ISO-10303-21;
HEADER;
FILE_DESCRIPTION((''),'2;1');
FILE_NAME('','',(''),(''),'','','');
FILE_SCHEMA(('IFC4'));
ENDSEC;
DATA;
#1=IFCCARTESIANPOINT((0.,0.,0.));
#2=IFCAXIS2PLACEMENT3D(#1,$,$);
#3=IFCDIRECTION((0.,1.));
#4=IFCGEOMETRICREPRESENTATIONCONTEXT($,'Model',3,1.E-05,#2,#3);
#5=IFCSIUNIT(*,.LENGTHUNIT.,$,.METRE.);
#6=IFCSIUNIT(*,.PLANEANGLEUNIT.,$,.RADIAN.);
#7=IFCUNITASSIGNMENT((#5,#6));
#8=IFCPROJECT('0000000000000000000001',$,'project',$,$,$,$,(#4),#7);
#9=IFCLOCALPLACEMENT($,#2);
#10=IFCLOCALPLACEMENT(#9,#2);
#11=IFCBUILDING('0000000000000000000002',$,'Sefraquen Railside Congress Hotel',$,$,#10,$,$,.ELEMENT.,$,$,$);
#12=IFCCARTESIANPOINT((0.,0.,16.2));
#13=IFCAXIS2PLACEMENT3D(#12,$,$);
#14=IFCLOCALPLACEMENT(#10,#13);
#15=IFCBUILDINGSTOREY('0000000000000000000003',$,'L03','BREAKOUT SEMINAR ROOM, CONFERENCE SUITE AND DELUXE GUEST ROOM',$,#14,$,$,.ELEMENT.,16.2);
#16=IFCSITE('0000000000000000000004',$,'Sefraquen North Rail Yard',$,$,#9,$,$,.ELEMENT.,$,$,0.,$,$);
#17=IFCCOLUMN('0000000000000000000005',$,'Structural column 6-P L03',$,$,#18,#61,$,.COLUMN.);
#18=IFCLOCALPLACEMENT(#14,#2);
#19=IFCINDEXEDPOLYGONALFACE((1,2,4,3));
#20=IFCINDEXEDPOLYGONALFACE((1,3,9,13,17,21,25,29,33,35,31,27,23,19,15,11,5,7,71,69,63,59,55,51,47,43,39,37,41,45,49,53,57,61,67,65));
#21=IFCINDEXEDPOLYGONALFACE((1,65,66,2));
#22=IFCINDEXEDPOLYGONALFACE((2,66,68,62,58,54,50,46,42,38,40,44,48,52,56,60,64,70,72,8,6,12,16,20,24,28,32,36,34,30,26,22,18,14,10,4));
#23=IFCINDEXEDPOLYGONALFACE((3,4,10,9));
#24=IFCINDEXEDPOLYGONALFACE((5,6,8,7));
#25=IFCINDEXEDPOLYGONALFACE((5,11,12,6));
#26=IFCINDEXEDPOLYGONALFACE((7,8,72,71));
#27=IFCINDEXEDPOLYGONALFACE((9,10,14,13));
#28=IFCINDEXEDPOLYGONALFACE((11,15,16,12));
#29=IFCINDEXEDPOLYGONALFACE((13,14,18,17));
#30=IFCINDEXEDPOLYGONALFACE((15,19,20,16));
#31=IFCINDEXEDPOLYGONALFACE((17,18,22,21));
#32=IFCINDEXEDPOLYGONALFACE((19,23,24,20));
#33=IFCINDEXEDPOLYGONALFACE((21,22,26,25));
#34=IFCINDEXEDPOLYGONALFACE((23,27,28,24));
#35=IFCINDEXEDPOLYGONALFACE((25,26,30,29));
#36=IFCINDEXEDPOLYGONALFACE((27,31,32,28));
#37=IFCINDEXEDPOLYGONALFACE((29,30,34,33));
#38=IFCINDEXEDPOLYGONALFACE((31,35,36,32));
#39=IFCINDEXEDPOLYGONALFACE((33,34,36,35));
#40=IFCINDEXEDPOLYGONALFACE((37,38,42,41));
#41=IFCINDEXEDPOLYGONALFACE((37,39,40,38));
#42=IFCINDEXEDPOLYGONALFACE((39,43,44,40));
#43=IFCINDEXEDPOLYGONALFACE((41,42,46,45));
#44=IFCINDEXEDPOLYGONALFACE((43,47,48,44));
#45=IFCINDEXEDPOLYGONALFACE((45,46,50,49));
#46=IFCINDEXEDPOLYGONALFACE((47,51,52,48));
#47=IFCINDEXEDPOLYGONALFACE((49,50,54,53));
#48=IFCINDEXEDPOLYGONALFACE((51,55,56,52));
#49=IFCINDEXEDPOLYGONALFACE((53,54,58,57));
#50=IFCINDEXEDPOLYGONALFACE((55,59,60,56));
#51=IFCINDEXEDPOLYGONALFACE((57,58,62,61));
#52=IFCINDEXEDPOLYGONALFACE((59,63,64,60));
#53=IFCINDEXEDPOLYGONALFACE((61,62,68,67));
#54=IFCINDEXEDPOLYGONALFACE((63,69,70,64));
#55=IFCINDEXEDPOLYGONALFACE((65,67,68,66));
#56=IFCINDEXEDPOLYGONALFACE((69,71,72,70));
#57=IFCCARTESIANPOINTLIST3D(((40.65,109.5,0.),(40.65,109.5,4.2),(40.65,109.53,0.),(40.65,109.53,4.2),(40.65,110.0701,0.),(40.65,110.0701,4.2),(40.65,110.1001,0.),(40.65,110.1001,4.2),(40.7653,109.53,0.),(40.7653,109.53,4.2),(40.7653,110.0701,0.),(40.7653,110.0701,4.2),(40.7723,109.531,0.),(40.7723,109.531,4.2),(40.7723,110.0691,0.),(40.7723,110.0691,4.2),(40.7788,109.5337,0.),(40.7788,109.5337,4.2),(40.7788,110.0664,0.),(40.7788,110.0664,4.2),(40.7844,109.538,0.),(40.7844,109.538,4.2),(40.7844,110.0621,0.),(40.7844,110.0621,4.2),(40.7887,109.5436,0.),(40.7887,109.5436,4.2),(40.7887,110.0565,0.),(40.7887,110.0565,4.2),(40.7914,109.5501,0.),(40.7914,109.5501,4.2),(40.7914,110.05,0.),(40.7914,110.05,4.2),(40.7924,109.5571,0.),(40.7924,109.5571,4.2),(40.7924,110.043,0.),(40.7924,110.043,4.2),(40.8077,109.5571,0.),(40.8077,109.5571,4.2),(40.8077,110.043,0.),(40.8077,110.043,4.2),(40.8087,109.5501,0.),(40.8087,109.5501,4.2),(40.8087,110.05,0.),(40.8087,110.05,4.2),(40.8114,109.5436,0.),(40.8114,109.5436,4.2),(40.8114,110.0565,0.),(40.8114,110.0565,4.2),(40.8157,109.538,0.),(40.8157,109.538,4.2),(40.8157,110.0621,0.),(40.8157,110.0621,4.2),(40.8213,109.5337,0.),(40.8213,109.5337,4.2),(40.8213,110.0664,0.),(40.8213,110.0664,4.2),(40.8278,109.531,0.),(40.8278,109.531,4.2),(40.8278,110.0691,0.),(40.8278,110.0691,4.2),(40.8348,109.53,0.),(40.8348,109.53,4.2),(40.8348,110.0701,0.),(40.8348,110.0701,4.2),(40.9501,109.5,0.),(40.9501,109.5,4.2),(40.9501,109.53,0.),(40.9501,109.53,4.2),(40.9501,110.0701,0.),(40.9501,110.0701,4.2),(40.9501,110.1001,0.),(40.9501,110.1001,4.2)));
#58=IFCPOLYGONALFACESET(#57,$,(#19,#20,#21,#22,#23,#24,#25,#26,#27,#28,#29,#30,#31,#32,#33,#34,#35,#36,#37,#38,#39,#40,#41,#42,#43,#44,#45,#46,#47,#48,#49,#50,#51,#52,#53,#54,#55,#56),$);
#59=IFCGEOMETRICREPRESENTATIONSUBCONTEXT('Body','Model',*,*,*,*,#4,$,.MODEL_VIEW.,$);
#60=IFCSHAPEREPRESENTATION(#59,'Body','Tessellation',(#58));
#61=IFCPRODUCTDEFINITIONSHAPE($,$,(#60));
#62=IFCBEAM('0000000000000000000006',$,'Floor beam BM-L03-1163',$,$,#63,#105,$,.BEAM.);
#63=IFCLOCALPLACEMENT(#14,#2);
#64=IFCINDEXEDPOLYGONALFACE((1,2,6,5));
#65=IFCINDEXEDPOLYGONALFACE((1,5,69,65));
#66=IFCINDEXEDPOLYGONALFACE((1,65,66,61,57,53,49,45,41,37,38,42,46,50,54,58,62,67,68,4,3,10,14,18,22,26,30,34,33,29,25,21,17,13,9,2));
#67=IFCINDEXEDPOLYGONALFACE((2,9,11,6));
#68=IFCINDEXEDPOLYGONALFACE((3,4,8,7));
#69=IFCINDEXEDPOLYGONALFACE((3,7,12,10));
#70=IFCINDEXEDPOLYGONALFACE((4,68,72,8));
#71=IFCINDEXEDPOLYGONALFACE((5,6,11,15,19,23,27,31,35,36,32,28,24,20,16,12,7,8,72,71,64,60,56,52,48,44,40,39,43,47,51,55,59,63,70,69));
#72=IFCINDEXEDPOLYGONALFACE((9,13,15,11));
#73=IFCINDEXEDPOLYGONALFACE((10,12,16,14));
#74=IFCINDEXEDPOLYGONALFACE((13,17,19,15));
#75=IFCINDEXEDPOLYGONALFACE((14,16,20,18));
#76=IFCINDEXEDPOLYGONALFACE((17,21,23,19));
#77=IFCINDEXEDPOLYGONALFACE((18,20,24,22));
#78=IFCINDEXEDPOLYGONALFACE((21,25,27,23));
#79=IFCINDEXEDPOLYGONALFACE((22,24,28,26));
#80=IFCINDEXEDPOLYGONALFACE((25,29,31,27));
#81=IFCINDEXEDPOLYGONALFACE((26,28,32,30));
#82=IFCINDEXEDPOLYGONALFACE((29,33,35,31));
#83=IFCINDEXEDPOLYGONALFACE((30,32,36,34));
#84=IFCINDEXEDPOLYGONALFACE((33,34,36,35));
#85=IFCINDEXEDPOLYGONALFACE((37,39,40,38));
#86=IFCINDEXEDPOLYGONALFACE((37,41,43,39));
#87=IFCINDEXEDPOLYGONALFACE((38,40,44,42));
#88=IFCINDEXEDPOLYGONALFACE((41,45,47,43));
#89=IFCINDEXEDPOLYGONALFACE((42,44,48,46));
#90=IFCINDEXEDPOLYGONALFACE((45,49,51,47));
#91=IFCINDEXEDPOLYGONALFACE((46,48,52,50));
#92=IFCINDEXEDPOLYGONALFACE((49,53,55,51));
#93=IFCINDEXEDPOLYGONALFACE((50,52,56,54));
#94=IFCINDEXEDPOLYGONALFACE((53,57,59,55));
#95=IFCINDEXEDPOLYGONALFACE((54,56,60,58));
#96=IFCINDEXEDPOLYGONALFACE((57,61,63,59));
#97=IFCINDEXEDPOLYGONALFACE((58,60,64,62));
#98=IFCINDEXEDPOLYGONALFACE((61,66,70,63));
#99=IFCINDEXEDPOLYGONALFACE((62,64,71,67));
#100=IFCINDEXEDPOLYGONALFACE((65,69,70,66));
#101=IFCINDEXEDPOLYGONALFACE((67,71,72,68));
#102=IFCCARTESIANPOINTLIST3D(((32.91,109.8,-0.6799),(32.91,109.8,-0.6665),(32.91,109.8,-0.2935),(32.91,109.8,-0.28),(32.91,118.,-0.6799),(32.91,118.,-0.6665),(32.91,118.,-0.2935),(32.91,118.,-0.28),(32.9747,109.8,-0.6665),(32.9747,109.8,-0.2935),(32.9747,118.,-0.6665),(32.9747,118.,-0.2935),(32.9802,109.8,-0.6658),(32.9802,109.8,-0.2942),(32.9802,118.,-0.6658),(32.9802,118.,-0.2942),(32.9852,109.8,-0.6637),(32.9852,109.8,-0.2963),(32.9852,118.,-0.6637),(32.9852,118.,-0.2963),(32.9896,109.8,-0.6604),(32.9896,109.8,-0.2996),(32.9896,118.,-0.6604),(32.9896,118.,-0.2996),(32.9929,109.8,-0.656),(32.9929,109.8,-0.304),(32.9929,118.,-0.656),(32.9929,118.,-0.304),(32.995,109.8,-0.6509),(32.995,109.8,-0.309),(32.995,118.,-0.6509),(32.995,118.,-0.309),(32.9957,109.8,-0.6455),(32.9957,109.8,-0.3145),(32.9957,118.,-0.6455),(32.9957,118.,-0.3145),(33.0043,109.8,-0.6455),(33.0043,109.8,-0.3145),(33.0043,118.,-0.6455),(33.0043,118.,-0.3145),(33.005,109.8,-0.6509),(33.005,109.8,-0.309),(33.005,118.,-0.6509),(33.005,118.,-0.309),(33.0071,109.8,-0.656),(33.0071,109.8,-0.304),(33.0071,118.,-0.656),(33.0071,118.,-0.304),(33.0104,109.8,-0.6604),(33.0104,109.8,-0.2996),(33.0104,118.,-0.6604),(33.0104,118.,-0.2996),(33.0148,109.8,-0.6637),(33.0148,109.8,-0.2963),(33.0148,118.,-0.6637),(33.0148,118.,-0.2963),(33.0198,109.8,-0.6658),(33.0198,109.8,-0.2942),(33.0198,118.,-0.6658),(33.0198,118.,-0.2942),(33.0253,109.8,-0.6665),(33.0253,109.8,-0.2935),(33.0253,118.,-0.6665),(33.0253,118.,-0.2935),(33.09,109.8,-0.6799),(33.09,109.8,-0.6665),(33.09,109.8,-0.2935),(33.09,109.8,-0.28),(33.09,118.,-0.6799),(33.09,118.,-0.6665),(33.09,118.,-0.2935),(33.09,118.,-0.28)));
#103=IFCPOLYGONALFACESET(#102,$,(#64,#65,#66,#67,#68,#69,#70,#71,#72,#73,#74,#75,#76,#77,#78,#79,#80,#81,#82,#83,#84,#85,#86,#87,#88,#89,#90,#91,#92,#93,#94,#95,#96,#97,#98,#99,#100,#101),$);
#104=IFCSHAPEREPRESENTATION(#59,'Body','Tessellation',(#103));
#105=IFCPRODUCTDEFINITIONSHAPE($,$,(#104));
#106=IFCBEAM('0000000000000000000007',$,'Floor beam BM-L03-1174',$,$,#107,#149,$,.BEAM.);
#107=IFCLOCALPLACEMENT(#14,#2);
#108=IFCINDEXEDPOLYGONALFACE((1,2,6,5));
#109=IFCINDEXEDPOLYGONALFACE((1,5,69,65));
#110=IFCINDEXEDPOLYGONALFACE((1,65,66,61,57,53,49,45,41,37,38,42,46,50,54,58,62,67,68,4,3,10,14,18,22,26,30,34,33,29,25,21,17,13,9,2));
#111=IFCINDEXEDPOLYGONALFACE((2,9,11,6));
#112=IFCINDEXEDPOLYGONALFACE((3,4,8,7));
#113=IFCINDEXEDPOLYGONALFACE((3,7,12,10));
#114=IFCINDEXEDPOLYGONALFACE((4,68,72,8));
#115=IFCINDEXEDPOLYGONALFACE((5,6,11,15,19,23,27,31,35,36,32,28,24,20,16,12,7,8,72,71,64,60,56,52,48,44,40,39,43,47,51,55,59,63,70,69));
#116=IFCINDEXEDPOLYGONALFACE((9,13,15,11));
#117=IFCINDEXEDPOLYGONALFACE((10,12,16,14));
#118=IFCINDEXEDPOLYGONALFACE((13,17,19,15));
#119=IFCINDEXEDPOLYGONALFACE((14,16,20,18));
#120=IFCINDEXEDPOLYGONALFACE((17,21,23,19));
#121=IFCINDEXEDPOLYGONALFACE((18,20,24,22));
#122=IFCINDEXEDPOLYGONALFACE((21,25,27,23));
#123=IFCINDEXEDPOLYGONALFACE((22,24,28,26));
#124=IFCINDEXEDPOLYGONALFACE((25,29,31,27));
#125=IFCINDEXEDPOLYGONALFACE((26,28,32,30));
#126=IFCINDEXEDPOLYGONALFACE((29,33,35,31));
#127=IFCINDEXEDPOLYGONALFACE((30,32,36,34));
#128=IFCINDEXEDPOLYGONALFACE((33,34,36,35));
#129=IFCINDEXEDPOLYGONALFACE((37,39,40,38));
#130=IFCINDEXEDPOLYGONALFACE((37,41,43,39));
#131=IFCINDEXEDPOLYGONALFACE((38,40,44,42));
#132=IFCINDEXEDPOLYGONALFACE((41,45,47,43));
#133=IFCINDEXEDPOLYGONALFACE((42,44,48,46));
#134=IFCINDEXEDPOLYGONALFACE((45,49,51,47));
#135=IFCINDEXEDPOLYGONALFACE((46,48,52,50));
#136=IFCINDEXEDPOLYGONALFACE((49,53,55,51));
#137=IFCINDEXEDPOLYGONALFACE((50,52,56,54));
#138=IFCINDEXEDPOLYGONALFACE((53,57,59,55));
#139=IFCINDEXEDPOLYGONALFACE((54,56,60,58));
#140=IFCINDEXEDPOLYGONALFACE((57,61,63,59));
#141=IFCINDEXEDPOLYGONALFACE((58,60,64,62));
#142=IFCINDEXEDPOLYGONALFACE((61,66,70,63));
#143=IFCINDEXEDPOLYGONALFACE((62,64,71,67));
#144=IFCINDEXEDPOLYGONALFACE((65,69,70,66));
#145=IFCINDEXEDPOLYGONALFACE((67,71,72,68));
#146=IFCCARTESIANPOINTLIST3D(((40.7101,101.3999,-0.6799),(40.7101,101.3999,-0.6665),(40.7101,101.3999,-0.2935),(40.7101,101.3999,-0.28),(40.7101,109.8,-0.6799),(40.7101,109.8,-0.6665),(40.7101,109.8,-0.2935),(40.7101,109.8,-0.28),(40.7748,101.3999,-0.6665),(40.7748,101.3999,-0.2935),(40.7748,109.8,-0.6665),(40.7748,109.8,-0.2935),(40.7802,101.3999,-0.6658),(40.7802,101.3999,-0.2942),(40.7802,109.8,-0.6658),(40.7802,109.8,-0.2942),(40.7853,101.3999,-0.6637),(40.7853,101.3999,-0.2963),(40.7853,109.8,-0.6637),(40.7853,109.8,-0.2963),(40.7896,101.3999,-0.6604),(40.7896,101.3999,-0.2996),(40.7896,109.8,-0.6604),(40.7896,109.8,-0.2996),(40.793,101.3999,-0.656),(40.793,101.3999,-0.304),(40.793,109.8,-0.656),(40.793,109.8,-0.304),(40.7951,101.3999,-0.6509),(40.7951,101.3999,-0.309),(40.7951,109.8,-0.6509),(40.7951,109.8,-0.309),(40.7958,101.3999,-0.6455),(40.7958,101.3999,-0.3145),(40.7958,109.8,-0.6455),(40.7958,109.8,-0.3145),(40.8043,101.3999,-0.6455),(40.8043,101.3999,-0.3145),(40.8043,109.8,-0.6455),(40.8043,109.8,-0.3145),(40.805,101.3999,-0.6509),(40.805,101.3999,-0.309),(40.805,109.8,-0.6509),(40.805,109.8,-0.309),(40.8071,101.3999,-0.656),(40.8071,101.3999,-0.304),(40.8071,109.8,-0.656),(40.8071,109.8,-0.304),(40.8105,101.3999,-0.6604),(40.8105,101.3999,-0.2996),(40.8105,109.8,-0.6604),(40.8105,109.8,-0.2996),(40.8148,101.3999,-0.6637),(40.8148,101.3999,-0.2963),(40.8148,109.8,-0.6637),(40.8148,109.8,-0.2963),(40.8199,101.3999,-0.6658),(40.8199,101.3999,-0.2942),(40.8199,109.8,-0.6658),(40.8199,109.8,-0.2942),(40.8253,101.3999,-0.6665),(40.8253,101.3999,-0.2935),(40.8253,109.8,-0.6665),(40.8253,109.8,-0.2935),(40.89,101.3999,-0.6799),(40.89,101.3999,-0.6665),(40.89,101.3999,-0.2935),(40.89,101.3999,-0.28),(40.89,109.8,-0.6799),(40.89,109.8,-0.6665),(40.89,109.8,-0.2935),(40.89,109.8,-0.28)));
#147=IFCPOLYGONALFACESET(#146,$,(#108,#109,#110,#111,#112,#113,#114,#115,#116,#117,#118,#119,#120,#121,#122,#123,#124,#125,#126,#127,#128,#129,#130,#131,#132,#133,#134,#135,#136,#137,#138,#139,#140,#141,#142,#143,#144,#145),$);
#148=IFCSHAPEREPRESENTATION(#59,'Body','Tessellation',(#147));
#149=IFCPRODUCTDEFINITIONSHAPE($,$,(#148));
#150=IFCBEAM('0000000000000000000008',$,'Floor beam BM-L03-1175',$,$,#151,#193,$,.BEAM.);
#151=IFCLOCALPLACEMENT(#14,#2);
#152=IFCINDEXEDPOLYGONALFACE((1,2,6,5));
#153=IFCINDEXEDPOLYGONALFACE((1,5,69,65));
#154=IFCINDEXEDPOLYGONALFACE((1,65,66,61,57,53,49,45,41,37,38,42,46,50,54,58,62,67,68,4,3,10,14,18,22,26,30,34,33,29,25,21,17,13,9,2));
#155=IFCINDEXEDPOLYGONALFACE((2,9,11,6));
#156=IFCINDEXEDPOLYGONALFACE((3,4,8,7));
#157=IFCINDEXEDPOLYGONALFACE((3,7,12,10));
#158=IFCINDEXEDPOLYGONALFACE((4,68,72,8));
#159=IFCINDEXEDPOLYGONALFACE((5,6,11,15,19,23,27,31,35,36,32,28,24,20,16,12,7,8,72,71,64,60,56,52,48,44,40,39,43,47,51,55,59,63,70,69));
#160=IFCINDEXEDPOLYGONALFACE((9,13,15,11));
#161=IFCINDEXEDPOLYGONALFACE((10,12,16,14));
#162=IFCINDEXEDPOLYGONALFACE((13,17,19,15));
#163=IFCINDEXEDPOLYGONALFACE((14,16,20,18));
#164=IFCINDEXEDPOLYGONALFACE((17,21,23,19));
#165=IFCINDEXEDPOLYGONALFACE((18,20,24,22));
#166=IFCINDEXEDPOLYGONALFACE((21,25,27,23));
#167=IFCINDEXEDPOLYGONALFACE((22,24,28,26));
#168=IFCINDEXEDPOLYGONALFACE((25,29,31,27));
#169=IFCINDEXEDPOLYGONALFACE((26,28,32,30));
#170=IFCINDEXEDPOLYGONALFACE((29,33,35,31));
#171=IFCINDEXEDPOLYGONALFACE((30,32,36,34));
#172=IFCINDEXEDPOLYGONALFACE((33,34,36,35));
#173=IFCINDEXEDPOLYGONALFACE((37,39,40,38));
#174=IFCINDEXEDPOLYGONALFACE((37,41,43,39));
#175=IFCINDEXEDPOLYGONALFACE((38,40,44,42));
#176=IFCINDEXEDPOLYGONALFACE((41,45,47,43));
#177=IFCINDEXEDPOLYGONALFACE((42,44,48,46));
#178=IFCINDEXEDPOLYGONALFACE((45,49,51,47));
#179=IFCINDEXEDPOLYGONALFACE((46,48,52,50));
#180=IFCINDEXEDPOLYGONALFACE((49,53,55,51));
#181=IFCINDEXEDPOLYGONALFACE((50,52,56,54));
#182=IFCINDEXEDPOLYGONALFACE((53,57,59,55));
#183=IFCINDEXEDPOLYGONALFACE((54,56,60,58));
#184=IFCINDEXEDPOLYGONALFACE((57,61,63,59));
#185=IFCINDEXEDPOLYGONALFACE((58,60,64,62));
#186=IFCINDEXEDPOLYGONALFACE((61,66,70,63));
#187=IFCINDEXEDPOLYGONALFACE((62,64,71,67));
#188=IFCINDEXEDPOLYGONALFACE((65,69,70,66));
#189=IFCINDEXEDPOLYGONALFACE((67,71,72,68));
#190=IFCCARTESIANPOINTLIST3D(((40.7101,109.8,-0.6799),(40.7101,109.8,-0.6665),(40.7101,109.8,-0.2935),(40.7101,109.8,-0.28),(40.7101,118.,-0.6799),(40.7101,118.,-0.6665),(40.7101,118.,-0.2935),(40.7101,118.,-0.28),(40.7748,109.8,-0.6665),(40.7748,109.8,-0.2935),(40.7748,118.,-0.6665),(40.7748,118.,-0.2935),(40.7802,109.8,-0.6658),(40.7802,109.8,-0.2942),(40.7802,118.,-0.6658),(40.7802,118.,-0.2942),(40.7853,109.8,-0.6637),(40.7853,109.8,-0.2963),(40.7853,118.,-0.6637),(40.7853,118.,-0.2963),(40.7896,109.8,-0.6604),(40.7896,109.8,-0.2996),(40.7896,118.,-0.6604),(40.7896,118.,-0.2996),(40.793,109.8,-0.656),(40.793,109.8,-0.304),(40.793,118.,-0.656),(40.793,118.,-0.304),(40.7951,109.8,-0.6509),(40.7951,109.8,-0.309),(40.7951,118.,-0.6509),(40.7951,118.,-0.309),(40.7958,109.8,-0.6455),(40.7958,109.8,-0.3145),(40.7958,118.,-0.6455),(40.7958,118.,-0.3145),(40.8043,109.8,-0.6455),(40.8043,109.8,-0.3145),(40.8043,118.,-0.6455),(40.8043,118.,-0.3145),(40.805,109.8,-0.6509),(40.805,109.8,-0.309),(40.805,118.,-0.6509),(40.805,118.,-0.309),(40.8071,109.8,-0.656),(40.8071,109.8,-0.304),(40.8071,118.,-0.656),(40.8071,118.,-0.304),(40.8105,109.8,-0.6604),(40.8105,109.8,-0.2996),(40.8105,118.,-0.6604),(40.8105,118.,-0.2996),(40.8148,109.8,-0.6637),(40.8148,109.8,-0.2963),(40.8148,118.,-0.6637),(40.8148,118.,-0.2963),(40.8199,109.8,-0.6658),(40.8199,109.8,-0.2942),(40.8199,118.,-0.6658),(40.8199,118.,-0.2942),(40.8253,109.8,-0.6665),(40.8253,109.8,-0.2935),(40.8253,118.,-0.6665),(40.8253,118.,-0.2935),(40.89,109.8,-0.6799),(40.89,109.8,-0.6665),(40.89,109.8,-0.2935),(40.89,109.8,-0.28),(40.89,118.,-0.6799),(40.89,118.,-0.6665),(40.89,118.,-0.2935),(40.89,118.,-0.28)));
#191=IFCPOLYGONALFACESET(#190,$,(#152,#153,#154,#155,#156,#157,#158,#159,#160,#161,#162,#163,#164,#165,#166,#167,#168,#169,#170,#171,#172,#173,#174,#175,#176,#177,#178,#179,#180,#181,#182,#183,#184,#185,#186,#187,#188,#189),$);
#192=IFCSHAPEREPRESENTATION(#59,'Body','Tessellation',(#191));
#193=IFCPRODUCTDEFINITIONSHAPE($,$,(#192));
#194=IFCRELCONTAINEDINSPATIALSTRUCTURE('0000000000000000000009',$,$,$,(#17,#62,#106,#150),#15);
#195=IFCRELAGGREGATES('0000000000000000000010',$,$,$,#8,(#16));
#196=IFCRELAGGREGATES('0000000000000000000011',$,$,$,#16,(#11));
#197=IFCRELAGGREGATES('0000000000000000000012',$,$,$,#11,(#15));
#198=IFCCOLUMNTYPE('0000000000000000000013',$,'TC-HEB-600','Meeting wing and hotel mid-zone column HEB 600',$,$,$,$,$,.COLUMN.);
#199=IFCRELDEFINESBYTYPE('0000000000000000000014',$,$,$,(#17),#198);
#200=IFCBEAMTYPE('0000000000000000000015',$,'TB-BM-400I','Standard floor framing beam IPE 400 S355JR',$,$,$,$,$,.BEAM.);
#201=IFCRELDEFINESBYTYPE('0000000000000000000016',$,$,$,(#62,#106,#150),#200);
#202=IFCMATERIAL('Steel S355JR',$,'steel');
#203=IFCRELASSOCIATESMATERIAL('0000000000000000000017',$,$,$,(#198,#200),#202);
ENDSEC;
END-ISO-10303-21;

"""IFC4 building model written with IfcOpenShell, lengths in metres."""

from ifc_helpers import new_model, si_unit, direction, frame, origin, origin_2d, place, context, subcontext, project, spatial, i_section, extrude, material, material_profile, profile_set, type_object, element, save


model = new_model("IFC4")

# Units and contexts
model_context = context("Model", 3, precision=1e-05, world=origin(), true_north=direction((0.0, 1.0)))
body_context = subcontext(model_context, "Body", "Model", "MODEL_VIEW")
ifc_project = project(units=[si_unit("LENGTHUNIT", "METRE"), si_unit("PLANEANGLEUNIT", "RADIAN")], contexts=[model_context])

# Site, building, storey
site_placement = place(None, origin())
site = spatial("IfcSite", under=ifc_project, at=site_placement, Name="Sefraquen North Rail Yard", CompositionType="ELEMENT", RefElevation=0.0)
building_placement = place(site_placement, origin())
building = spatial("IfcBuilding", under=site, at=building_placement, Name="Sefraquen Railside Congress Hotel", CompositionType="ELEMENT")
storey_placement = place(building_placement, frame((0.0, 0.0, 16.2)))
storey = spatial("IfcBuildingStorey", under=building, at=storey_placement, Name="L03", Description="BREAKOUT SEMINAR ROOM, CONFERENCE SUITE AND DELUXE GUEST ROOM", CompositionType="ELEMENT", Elevation=16.2)

# Column
ifc_material_1 = material(Name="Steel S355JR", Category="steel")
ifc_material_profile_1 = material_profile(ifc_material_1, i_section(OverallWidth=0.3, OverallDepth=0.6001, WebThickness=0.0154, FlangeThickness=0.03, FilletRadius=0.0271, at=origin_2d()), Name="HEB 600")
ifc_profile_set_1 = profile_set([ifc_material_profile_1], Name="Steel S355JR")
column_type_1 = type_object("IfcColumnType", Name="TC-HEB-600", Description="Meeting wing and hotel mid-zone column HEB 600", PredefinedType="COLUMN", material=ifc_profile_set_1)
for number, where, z_axis, x_axis, name in (
    (1, (40.8, 109.8, 0.0), (0.0, 0.0, 1.0), (1.0, 0.0, 0.0), "Structural column 6-P L03"),
):
    element("IfcColumn", number, at=place(storey_placement, frame(where, z_axis=z_axis, x_axis=x_axis)), inside=storey, type_object=column_type_1, Name=name, PredefinedType="COLUMN", context=body_context, shape_type="SweptSolid", body=[
        extrude(i_section(OverallWidth=0.3, OverallDepth=0.6001, WebThickness=0.0154, FlangeThickness=0.03, FilletRadius=0.0271, at=origin_2d()), origin(), (0.0, 0.0, 1.0), 4.2),
    ])

# Beams
ifc_material_profile_2 = material_profile(ifc_material_1, i_section(OverallWidth=0.1799, OverallDepth=0.3999, WebThickness=0.0085, FlangeThickness=0.0134, FilletRadius=0.021, at=origin_2d()), Name="IPE 400")
ifc_profile_set_2 = profile_set([ifc_material_profile_2], Name="Steel S355JR")
beam_type_1 = type_object("IfcBeamType", Name="TB-BM-400I", Description="Standard floor framing beam IPE 400 S355JR", PredefinedType="BEAM", material=ifc_profile_set_2)
beam_1_placement = place(storey_placement, frame((33.0, 109.8, -0.48), z_axis=(0.0, 1.0, 0.0), x_axis=(-1.0, 0.0, 0.0)))
element("IfcBeam", 2, at=beam_1_placement, inside=storey, type_object=beam_type_1, Name="Floor beam BM-L03-1163", PredefinedType="BEAM", context=body_context, shape_type="SweptSolid", body=[
    extrude(i_section(OverallWidth=0.1799, OverallDepth=0.3999, WebThickness=0.0085, FlangeThickness=0.0134, FilletRadius=0.021, at=origin_2d()), origin(), (0.0, 0.0, 1.0), 8.2),
])
beam_2_placement = place(storey_placement, frame((40.8, 101.3999, -0.48), z_axis=(0.0, 1.0, 0.0), x_axis=(-1.0, 0.0, 0.0)))
element("IfcBeam", 3, at=beam_2_placement, inside=storey, type_object=beam_type_1, Name="Floor beam BM-L03-1174", PredefinedType="BEAM", context=body_context, shape_type="SweptSolid", body=[
    extrude(i_section(OverallWidth=0.1799, OverallDepth=0.3999, WebThickness=0.0085, FlangeThickness=0.0134, FilletRadius=0.021, at=origin_2d()), origin(), (0.0, 0.0, 1.0), 8.4001),
])
beam_3_placement = place(storey_placement, frame((40.8, 109.8, -0.48), z_axis=(0.0, 1.0, 0.0), x_axis=(-1.0, 0.0, 0.0)))
element("IfcBeam", 4, at=beam_3_placement, inside=storey, type_object=beam_type_1, Name="Floor beam BM-L03-1175", PredefinedType="BEAM", context=body_context, shape_type="SweptSolid", body=[
    extrude(i_section(OverallWidth=0.1799, OverallDepth=0.3999, WebThickness=0.0085, FlangeThickness=0.0134, FilletRadius=0.021, at=origin_2d()), origin(), (0.0, 0.0, 1.0), 8.2),
])

save(model, "model.ifc")
